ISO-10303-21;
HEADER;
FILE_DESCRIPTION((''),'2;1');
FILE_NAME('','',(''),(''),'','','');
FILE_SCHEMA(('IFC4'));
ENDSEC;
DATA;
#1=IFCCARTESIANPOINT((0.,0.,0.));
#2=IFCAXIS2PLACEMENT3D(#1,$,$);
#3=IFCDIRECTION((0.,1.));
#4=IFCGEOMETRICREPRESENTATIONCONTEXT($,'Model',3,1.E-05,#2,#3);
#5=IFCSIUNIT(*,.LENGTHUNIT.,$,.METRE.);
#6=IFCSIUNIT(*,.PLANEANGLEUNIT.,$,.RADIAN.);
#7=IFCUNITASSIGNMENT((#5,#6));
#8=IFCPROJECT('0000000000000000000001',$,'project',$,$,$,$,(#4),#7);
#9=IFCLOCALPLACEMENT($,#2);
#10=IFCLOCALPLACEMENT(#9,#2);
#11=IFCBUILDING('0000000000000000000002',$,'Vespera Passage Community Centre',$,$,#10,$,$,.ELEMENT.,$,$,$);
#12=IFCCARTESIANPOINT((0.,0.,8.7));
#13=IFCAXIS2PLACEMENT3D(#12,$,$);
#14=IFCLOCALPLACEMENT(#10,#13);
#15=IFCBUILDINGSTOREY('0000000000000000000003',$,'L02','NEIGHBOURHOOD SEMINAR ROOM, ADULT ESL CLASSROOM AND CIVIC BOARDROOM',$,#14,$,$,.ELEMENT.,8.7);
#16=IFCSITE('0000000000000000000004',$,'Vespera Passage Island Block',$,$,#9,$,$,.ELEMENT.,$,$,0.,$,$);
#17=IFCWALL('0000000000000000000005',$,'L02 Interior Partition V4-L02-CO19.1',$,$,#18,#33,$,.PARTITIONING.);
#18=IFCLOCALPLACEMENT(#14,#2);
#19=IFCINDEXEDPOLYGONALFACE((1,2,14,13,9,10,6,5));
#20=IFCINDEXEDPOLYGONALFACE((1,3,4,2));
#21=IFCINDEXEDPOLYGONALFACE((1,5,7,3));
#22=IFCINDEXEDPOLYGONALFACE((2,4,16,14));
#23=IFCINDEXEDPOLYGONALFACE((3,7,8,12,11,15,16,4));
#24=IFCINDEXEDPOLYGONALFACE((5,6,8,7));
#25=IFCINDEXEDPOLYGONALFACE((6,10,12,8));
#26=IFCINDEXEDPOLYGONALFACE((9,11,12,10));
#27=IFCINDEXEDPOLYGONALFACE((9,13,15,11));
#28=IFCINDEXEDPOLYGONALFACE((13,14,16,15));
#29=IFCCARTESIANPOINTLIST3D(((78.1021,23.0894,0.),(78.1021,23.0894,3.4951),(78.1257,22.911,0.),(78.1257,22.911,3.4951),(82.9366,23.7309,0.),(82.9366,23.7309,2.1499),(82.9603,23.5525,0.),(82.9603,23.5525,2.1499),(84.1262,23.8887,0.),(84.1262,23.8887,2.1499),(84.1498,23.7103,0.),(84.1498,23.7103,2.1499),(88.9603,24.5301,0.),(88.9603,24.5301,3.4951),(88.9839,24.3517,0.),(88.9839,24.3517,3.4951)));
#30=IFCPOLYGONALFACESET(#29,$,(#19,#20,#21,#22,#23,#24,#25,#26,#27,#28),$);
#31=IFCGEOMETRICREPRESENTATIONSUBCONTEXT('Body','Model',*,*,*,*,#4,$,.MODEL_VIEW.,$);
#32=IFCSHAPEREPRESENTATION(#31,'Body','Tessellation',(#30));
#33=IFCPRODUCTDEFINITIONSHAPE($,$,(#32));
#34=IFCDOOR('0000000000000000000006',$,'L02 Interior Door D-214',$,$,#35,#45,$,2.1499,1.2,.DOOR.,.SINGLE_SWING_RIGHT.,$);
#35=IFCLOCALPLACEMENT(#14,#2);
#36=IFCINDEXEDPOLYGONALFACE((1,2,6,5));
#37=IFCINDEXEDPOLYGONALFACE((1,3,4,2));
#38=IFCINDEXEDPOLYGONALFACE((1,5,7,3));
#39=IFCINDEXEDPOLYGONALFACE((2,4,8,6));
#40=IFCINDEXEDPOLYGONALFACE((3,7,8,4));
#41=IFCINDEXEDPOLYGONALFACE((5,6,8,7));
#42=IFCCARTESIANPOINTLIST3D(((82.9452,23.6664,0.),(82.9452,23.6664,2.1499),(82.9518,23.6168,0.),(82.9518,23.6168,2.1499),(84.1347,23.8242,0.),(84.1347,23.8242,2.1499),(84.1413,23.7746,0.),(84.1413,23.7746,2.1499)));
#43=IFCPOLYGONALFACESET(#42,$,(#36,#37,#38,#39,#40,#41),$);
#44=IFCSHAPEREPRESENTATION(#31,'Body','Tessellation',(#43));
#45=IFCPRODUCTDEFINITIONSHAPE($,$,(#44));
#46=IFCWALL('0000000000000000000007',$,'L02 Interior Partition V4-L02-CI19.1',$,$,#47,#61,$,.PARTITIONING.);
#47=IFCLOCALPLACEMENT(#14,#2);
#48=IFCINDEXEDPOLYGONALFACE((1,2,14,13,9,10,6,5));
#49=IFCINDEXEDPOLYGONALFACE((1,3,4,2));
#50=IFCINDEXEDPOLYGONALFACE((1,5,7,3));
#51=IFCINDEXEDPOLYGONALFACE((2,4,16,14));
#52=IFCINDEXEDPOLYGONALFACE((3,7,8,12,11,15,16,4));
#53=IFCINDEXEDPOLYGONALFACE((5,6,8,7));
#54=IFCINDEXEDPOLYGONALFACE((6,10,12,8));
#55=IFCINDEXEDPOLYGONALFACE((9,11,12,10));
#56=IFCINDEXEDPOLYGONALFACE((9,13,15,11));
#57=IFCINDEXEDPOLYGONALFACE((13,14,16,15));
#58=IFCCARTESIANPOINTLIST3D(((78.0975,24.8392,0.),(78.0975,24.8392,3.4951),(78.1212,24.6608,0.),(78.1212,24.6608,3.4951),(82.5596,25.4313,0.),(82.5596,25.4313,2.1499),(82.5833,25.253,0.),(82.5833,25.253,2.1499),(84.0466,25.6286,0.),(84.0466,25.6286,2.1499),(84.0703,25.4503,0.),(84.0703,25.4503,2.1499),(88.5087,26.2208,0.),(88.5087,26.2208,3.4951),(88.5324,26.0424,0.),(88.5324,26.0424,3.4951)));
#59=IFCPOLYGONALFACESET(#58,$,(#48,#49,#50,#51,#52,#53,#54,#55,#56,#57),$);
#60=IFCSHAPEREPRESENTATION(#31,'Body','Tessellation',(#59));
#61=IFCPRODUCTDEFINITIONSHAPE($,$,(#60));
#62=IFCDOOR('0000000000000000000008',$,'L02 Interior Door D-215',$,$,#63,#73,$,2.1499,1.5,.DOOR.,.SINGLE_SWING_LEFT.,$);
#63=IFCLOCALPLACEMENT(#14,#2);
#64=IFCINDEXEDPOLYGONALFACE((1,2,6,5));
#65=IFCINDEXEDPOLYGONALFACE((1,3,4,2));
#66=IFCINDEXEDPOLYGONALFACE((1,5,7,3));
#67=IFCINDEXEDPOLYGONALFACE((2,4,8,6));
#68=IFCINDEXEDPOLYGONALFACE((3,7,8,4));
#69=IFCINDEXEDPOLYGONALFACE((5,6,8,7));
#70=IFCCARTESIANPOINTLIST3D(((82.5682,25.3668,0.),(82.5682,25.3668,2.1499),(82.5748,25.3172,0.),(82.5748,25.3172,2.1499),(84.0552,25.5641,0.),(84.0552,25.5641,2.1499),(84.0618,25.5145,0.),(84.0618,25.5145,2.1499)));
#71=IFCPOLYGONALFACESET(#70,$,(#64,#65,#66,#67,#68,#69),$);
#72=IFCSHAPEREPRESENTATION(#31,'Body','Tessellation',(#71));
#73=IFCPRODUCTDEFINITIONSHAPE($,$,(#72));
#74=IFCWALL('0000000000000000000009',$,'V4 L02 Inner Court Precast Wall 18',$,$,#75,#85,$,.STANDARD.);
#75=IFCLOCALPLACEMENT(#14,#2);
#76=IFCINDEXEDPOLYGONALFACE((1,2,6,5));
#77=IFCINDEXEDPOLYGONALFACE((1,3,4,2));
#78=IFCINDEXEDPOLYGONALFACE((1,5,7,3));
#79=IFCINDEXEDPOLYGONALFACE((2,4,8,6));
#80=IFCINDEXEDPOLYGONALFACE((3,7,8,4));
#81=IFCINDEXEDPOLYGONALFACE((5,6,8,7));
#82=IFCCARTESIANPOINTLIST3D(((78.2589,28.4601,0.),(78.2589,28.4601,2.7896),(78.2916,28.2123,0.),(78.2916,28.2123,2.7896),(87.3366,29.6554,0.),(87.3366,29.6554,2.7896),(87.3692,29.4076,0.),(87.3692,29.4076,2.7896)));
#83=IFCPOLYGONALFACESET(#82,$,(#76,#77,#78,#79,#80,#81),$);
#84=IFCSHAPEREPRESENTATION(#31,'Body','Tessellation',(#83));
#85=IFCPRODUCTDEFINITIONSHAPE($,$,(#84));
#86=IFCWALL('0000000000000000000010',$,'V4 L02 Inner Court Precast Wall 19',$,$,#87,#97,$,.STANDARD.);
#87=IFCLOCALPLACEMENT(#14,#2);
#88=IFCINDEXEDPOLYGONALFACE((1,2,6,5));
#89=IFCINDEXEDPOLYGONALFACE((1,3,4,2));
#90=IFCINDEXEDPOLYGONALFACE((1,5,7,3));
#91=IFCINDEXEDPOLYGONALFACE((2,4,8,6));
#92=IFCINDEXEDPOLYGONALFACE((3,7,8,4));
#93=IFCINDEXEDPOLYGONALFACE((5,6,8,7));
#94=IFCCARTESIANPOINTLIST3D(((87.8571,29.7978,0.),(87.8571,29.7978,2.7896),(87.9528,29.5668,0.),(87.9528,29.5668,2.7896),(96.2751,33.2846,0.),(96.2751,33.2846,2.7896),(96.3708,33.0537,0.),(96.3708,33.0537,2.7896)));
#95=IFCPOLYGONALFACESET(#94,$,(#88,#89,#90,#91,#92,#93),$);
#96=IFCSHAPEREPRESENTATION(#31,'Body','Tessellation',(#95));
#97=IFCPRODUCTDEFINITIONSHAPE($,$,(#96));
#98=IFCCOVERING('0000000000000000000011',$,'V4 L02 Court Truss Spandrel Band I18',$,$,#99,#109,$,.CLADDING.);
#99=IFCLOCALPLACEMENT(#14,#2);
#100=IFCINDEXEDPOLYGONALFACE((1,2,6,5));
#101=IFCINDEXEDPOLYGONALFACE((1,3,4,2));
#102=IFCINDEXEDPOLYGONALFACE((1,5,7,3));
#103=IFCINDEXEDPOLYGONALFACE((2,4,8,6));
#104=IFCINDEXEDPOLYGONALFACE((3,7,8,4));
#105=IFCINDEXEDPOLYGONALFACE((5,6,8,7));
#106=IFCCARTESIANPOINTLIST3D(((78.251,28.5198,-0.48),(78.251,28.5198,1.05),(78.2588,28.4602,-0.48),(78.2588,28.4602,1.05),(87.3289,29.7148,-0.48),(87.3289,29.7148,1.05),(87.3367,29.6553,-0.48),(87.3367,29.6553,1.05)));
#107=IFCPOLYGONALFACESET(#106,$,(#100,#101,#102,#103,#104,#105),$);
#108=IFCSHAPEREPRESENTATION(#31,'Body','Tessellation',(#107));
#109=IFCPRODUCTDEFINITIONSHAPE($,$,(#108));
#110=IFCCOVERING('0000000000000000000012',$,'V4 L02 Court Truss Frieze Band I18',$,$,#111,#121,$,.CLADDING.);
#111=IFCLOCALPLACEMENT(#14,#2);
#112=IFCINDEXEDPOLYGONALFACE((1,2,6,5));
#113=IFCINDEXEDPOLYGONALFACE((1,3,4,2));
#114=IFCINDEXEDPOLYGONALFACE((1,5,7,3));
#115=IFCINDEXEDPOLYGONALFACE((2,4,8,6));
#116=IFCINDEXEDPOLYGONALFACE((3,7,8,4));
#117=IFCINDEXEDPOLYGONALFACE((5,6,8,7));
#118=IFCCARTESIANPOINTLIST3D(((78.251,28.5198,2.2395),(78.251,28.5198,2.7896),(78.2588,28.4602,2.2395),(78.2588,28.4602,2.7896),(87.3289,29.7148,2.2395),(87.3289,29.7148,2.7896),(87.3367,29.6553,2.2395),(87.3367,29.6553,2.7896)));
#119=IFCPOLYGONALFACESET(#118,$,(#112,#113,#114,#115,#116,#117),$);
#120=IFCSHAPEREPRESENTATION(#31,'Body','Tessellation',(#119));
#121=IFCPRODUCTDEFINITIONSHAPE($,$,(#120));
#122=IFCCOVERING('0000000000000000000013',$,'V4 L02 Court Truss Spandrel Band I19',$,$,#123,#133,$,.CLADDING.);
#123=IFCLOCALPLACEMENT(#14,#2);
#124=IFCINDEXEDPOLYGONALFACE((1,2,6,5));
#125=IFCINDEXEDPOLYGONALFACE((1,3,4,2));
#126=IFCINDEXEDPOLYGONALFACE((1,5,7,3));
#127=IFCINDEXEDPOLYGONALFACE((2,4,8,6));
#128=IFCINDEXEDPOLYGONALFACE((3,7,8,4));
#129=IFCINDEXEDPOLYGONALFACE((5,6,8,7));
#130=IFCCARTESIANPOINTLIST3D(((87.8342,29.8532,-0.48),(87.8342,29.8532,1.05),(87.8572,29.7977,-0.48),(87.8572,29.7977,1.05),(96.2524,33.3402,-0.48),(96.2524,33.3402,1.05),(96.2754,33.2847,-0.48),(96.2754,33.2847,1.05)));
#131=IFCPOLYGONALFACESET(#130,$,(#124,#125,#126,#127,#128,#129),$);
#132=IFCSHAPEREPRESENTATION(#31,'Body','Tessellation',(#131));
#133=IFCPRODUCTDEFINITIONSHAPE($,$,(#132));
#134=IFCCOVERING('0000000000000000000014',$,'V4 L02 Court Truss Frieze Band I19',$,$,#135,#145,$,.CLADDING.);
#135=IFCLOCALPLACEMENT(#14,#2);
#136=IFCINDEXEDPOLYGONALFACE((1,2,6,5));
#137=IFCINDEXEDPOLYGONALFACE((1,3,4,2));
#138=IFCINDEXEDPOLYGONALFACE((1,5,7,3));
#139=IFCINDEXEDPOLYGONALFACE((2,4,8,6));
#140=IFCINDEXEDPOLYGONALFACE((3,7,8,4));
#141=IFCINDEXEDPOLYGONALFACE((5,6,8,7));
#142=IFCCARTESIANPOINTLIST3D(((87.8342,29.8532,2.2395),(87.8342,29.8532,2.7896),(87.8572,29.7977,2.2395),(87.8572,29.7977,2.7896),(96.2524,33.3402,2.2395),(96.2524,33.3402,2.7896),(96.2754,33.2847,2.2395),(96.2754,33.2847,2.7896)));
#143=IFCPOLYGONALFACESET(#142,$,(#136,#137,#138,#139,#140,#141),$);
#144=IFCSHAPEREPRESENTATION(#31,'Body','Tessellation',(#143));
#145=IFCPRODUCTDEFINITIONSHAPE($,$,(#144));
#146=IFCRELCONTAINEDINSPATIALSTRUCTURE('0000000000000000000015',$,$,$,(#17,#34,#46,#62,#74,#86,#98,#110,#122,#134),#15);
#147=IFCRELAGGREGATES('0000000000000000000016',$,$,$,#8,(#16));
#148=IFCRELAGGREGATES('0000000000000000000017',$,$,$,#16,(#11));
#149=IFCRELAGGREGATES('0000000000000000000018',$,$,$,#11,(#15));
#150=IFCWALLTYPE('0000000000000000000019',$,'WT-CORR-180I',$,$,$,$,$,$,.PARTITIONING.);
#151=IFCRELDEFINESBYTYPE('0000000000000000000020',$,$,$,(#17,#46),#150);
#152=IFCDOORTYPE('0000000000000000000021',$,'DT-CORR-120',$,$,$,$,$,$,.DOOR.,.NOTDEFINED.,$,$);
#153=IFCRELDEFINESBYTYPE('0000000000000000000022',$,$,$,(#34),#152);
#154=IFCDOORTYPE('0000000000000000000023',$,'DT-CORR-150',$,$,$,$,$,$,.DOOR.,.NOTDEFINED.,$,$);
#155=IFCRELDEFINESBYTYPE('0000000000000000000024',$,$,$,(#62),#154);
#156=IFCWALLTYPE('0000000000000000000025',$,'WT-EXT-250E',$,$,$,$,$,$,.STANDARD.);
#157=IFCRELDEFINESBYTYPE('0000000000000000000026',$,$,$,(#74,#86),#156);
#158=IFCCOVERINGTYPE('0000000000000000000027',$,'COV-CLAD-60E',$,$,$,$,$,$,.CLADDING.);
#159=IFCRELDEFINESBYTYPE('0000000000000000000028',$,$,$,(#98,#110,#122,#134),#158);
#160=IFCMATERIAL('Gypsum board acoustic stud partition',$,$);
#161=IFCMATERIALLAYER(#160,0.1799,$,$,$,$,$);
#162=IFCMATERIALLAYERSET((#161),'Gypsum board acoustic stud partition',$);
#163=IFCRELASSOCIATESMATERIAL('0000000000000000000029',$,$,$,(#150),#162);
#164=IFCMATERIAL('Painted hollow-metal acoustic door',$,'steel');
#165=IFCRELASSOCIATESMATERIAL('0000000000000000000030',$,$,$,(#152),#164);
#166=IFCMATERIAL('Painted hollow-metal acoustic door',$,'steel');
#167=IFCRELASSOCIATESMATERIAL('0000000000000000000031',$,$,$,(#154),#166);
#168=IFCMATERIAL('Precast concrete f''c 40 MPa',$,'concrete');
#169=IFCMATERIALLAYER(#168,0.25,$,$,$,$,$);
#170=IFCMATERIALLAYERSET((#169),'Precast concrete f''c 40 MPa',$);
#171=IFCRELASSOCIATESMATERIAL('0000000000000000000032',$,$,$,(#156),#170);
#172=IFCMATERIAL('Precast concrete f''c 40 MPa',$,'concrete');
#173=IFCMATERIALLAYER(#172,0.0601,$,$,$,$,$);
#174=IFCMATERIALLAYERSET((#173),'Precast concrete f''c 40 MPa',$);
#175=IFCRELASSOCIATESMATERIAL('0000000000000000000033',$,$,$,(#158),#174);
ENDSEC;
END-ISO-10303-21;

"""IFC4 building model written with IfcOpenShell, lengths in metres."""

from ifc_helpers import new_model, si_unit, direction, frame, frame_2d, origin, place, context, subcontext, project, spatial, rectangle, extrude, material, layer, layer_set, type_object, element, fill, save


model = new_model("IFC4")

# Units and contexts
model_context = context("Model", 3, precision=1e-05, world=origin(), true_north=direction((0.0, 1.0)))
body_context = subcontext(model_context, "Body", "Model", "MODEL_VIEW")
ifc_project = project(units=[si_unit("LENGTHUNIT", "METRE"), si_unit("PLANEANGLEUNIT", "RADIAN")], contexts=[model_context])

# Site, building, storey
site_placement = place(None, origin())
site = spatial("IfcSite", under=ifc_project, at=site_placement, Name="Vespera Passage Island Block", CompositionType="ELEMENT", RefElevation=0.0)
building_placement = place(site_placement, origin())
building = spatial("IfcBuilding", under=site, at=building_placement, Name="Vespera Passage Community Centre", CompositionType="ELEMENT")
storey_placement = place(building_placement, frame((0.0, 0.0, 8.7)))
storey = spatial("IfcBuildingStorey", under=building, at=storey_placement, Name="L02", Description="NEIGHBOURHOOD SEMINAR ROOM, ADULT ESL CLASSROOM AND CIVIC BOARDROOM", CompositionType="ELEMENT", Elevation=8.7)

# Walls, openings, doors
ifc_material_1 = material(Name="Gypsum board acoustic stud partition")
ifc_layer_1 = layer(ifc_material_1, 0.1799)
ifc_layer_set_1 = layer_set([ifc_layer_1], Name="Gypsum board acoustic stud partition")
wall_type_1 = type_object("IfcWallType", Name="WT-CORR-180I", PredefinedType="PARTITIONING", material=ifc_layer_set_1)
wall_1_placement = place(storey_placement, frame((78.114, 23.0002, 0.0), z_axis=(0.0, 0.0, 1.0), x_axis=(0.991312, 0.131529, 0.0)))
wall_1 = element("IfcWall", 1, at=wall_1_placement, inside=storey, type_object=wall_type_1, Name="L02 Interior Partition V4-L02-CO19.1", PredefinedType="PARTITIONING", context=body_context, shape_type="SweptSolid", body=[
    extrude(rectangle(XDim=10.9534, YDim=0.1799, at=frame_2d((5.4766, 0.0))), origin(), (0.0, 0.0, 1.0), 3.4951),
])
opening_1_placement = place(wall_1_placement, frame((4.8767, 0.0, 0.0)))
opening_1 = element("IfcOpeningElement", 2, at=opening_1_placement, cuts=wall_1, PredefinedType="OPENING", context=body_context, shape_type="SweptSolid", body=[
    extrude(rectangle(XDim=1.2, YDim=2.1499, at=frame_2d((0.6001, 1.075))), frame((0.0, 0.0999, 0.0), z_axis=(0.0, -1.0, 0.0), x_axis=(1.0, 0.0, 0.0)), (0.0, 0.0, 1.0), 0.2),
])
ifc_material_2 = material(Name="Painted hollow-metal acoustic door", Category="steel")
door_type_1 = type_object("IfcDoorType", Name="DT-CORR-120", OperationType="NOTDEFINED", PredefinedType="DOOR", material=ifc_material_2)
door_1_placement = place(opening_1_placement, origin())
door_1 = element("IfcDoor", 3, at=door_1_placement, inside=storey, type_object=door_type_1, Name="L02 Interior Door D-214", OperationType="SINGLE_SWING_RIGHT", OverallHeight=2.1499, OverallWidth=1.2, PredefinedType="DOOR", context=body_context, shape_type="SweptSolid", body=[
    extrude(rectangle(XDim=1.2, YDim=2.1499, at=frame_2d((0.6001, 1.075))), frame((0.0, 0.0249, 0.0), z_axis=(0.0, -1.0, 0.0), x_axis=(1.0, 0.0, 0.0)), (0.0, 0.0, 1.0), 0.05),
])
fill(opening_1, door_1)
wall_2_placement = place(storey_placement, frame((78.1094, 24.75, 0.0), z_axis=(0.0, 0.0, 1.0), x_axis=(0.99131, 0.13155, 0.0)))
wall_2 = element("IfcWall", 4, at=wall_2_placement, inside=storey, type_object=wall_type_1, Name="L02 Interior Partition V4-L02-CI19.1", PredefinedType="PARTITIONING", context=body_context, shape_type="SweptSolid", body=[
    extrude(rectangle(XDim=10.5024, YDim=0.1799, at=frame_2d((5.2512, 0.0))), origin(), (0.0, 0.0, 1.0), 3.4951),
])
opening_2_placement = place(wall_2_placement, frame((4.5012, 0.0, 0.0)))
opening_2 = element("IfcOpeningElement", 5, at=opening_2_placement, cuts=wall_2, PredefinedType="OPENING", context=body_context, shape_type="SweptSolid", body=[
    extrude(rectangle(XDim=1.5, YDim=2.1499, at=frame_2d((0.75, 1.075))), frame((0.0, 0.0999, 0.0), z_axis=(0.0, -1.0, 0.0), x_axis=(1.0, 0.0, 0.0)), (0.0, 0.0, 1.0), 0.2),
])
ifc_material_3 = material(Name="Painted hollow-metal acoustic door", Category="steel")
door_type_2 = type_object("IfcDoorType", Name="DT-CORR-150", OperationType="NOTDEFINED", PredefinedType="DOOR", material=ifc_material_3)
door_2_placement = place(opening_2_placement, origin())
door_2 = element("IfcDoor", 6, at=door_2_placement, inside=storey, type_object=door_type_2, Name="L02 Interior Door D-215", OperationType="SINGLE_SWING_LEFT", OverallHeight=2.1499, OverallWidth=1.5, PredefinedType="DOOR", context=body_context, shape_type="SweptSolid", body=[
    extrude(rectangle(XDim=1.5, YDim=2.1499, at=frame_2d((0.75, 1.075))), frame((0.0, 0.0249, 0.0), z_axis=(0.0, -1.0, 0.0), x_axis=(1.0, 0.0, 0.0)), (0.0, 0.0, 1.0), 0.05),
])
fill(opening_2, door_2)

# Walls
ifc_material_4 = material(Name="Precast concrete f'c 40 MPa", Category="concrete")
ifc_layer_2 = layer(ifc_material_4, 0.25)
ifc_layer_set_2 = layer_set([ifc_layer_2], Name="Precast concrete f'c 40 MPa")
wall_type_2 = type_object("IfcWallType", Name="WT-EXT-250E", PredefinedType="STANDARD", material=ifc_layer_set_2)
wall_3_placement = place(storey_placement, frame((78.2751, 28.3362, 0.0), z_axis=(0.0, 0.0, 1.0), x_axis=(0.991442, 0.13055, 0.0)))
element("IfcWall", 7, at=wall_3_placement, inside=storey, type_object=wall_type_2, Name="V4 L02 Inner Court Precast Wall 18", PredefinedType="STANDARD", context=body_context, shape_type="SweptSolid", body=[
    extrude(rectangle(XDim=9.156, YDim=0.25, at=frame_2d((4.5781, 0.0))), origin(), (0.0, 0.0, 1.0), 2.7896),
])
wall_4_placement = place(storey_placement, frame((87.905, 29.6824, 0.0), z_axis=(0.0, 0.0, 1.0), x_axis=(0.92388, 0.382682, 0.0)))
element("IfcWall", 8, at=wall_4_placement, inside=storey, type_object=wall_type_2, Name="V4 L02 Inner Court Precast Wall 19", PredefinedType="STANDARD", context=body_context, shape_type="SweptSolid", body=[
    extrude(rectangle(XDim=9.1116, YDim=0.25, at=frame_2d((4.5557, 0.0))), origin(), (0.0, 0.0, 1.0), 2.7896),
])

# Coverings
ifc_material_5 = material(Name="Precast concrete f'c 40 MPa", Category="concrete")
ifc_layer_3 = layer(ifc_material_5, 0.0601)
ifc_layer_set_3 = layer_set([ifc_layer_3], Name="Precast concrete f'c 40 MPa")
covering_type = type_object("IfcCoveringType", Name="COV-CLAD-60E", PredefinedType="CLADDING", material=ifc_layer_set_3)
covering_1_placement = place(storey_placement, frame((78.2549, 28.49, -0.48), z_axis=(0.0, 0.0, 1.0), x_axis=(0.991446, 0.13052, 0.0)))
element("IfcCovering", 9, at=covering_1_placement, inside=storey, type_object=covering_type, Name="V4 L02 Court Truss Spandrel Band I18", PredefinedType="CLADDING", context=body_context, shape_type="SweptSolid", body=[
    extrude(rectangle(XDim=9.1562, YDim=0.0601, at=frame_2d((4.5781, 0.0))), origin(), (0.0, 0.0, 1.0), 1.53),
])
covering_2_placement = place(storey_placement, frame((78.2549, 28.49, 2.2395), z_axis=(0.0, 0.0, 1.0), x_axis=(0.991446, 0.13052, 0.0)))
element("IfcCovering", 10, at=covering_2_placement, inside=storey, type_object=covering_type, Name="V4 L02 Court Truss Frieze Band I18", PredefinedType="CLADDING", context=body_context, shape_type="SweptSolid", body=[
    extrude(rectangle(XDim=9.1562, YDim=0.0601, at=frame_2d((4.5781, 0.0))), origin(), (0.0, 0.0, 1.0), 0.55),
])
covering_3_placement = place(storey_placement, frame((87.8457, 29.8254, -0.48), z_axis=(0.0, 0.0, 1.0), x_axis=(0.923875, 0.382695, 0.0)))
element("IfcCovering", 11, at=covering_3_placement, inside=storey, type_object=covering_type, Name="V4 L02 Court Truss Spandrel Band I19", PredefinedType="CLADDING", context=body_context, shape_type="SweptSolid", body=[
    extrude(rectangle(XDim=9.1118, YDim=0.0601, at=frame_2d((4.5559, 0.0))), origin(), (0.0, 0.0, 1.0), 1.53),
])
covering_4_placement = place(storey_placement, frame((87.8457, 29.8254, 2.2395), z_axis=(0.0, 0.0, 1.0), x_axis=(0.923875, 0.382695, 0.0)))
element("IfcCovering", 12, at=covering_4_placement, inside=storey, type_object=covering_type, Name="V4 L02 Court Truss Frieze Band I19", PredefinedType="CLADDING", context=body_context, shape_type="SweptSolid", body=[
    extrude(rectangle(XDim=9.1118, YDim=0.0601, at=frame_2d((4.5559, 0.0))), origin(), (0.0, 0.0, 1.0), 0.55),
])

save(model, "model.ifc")
